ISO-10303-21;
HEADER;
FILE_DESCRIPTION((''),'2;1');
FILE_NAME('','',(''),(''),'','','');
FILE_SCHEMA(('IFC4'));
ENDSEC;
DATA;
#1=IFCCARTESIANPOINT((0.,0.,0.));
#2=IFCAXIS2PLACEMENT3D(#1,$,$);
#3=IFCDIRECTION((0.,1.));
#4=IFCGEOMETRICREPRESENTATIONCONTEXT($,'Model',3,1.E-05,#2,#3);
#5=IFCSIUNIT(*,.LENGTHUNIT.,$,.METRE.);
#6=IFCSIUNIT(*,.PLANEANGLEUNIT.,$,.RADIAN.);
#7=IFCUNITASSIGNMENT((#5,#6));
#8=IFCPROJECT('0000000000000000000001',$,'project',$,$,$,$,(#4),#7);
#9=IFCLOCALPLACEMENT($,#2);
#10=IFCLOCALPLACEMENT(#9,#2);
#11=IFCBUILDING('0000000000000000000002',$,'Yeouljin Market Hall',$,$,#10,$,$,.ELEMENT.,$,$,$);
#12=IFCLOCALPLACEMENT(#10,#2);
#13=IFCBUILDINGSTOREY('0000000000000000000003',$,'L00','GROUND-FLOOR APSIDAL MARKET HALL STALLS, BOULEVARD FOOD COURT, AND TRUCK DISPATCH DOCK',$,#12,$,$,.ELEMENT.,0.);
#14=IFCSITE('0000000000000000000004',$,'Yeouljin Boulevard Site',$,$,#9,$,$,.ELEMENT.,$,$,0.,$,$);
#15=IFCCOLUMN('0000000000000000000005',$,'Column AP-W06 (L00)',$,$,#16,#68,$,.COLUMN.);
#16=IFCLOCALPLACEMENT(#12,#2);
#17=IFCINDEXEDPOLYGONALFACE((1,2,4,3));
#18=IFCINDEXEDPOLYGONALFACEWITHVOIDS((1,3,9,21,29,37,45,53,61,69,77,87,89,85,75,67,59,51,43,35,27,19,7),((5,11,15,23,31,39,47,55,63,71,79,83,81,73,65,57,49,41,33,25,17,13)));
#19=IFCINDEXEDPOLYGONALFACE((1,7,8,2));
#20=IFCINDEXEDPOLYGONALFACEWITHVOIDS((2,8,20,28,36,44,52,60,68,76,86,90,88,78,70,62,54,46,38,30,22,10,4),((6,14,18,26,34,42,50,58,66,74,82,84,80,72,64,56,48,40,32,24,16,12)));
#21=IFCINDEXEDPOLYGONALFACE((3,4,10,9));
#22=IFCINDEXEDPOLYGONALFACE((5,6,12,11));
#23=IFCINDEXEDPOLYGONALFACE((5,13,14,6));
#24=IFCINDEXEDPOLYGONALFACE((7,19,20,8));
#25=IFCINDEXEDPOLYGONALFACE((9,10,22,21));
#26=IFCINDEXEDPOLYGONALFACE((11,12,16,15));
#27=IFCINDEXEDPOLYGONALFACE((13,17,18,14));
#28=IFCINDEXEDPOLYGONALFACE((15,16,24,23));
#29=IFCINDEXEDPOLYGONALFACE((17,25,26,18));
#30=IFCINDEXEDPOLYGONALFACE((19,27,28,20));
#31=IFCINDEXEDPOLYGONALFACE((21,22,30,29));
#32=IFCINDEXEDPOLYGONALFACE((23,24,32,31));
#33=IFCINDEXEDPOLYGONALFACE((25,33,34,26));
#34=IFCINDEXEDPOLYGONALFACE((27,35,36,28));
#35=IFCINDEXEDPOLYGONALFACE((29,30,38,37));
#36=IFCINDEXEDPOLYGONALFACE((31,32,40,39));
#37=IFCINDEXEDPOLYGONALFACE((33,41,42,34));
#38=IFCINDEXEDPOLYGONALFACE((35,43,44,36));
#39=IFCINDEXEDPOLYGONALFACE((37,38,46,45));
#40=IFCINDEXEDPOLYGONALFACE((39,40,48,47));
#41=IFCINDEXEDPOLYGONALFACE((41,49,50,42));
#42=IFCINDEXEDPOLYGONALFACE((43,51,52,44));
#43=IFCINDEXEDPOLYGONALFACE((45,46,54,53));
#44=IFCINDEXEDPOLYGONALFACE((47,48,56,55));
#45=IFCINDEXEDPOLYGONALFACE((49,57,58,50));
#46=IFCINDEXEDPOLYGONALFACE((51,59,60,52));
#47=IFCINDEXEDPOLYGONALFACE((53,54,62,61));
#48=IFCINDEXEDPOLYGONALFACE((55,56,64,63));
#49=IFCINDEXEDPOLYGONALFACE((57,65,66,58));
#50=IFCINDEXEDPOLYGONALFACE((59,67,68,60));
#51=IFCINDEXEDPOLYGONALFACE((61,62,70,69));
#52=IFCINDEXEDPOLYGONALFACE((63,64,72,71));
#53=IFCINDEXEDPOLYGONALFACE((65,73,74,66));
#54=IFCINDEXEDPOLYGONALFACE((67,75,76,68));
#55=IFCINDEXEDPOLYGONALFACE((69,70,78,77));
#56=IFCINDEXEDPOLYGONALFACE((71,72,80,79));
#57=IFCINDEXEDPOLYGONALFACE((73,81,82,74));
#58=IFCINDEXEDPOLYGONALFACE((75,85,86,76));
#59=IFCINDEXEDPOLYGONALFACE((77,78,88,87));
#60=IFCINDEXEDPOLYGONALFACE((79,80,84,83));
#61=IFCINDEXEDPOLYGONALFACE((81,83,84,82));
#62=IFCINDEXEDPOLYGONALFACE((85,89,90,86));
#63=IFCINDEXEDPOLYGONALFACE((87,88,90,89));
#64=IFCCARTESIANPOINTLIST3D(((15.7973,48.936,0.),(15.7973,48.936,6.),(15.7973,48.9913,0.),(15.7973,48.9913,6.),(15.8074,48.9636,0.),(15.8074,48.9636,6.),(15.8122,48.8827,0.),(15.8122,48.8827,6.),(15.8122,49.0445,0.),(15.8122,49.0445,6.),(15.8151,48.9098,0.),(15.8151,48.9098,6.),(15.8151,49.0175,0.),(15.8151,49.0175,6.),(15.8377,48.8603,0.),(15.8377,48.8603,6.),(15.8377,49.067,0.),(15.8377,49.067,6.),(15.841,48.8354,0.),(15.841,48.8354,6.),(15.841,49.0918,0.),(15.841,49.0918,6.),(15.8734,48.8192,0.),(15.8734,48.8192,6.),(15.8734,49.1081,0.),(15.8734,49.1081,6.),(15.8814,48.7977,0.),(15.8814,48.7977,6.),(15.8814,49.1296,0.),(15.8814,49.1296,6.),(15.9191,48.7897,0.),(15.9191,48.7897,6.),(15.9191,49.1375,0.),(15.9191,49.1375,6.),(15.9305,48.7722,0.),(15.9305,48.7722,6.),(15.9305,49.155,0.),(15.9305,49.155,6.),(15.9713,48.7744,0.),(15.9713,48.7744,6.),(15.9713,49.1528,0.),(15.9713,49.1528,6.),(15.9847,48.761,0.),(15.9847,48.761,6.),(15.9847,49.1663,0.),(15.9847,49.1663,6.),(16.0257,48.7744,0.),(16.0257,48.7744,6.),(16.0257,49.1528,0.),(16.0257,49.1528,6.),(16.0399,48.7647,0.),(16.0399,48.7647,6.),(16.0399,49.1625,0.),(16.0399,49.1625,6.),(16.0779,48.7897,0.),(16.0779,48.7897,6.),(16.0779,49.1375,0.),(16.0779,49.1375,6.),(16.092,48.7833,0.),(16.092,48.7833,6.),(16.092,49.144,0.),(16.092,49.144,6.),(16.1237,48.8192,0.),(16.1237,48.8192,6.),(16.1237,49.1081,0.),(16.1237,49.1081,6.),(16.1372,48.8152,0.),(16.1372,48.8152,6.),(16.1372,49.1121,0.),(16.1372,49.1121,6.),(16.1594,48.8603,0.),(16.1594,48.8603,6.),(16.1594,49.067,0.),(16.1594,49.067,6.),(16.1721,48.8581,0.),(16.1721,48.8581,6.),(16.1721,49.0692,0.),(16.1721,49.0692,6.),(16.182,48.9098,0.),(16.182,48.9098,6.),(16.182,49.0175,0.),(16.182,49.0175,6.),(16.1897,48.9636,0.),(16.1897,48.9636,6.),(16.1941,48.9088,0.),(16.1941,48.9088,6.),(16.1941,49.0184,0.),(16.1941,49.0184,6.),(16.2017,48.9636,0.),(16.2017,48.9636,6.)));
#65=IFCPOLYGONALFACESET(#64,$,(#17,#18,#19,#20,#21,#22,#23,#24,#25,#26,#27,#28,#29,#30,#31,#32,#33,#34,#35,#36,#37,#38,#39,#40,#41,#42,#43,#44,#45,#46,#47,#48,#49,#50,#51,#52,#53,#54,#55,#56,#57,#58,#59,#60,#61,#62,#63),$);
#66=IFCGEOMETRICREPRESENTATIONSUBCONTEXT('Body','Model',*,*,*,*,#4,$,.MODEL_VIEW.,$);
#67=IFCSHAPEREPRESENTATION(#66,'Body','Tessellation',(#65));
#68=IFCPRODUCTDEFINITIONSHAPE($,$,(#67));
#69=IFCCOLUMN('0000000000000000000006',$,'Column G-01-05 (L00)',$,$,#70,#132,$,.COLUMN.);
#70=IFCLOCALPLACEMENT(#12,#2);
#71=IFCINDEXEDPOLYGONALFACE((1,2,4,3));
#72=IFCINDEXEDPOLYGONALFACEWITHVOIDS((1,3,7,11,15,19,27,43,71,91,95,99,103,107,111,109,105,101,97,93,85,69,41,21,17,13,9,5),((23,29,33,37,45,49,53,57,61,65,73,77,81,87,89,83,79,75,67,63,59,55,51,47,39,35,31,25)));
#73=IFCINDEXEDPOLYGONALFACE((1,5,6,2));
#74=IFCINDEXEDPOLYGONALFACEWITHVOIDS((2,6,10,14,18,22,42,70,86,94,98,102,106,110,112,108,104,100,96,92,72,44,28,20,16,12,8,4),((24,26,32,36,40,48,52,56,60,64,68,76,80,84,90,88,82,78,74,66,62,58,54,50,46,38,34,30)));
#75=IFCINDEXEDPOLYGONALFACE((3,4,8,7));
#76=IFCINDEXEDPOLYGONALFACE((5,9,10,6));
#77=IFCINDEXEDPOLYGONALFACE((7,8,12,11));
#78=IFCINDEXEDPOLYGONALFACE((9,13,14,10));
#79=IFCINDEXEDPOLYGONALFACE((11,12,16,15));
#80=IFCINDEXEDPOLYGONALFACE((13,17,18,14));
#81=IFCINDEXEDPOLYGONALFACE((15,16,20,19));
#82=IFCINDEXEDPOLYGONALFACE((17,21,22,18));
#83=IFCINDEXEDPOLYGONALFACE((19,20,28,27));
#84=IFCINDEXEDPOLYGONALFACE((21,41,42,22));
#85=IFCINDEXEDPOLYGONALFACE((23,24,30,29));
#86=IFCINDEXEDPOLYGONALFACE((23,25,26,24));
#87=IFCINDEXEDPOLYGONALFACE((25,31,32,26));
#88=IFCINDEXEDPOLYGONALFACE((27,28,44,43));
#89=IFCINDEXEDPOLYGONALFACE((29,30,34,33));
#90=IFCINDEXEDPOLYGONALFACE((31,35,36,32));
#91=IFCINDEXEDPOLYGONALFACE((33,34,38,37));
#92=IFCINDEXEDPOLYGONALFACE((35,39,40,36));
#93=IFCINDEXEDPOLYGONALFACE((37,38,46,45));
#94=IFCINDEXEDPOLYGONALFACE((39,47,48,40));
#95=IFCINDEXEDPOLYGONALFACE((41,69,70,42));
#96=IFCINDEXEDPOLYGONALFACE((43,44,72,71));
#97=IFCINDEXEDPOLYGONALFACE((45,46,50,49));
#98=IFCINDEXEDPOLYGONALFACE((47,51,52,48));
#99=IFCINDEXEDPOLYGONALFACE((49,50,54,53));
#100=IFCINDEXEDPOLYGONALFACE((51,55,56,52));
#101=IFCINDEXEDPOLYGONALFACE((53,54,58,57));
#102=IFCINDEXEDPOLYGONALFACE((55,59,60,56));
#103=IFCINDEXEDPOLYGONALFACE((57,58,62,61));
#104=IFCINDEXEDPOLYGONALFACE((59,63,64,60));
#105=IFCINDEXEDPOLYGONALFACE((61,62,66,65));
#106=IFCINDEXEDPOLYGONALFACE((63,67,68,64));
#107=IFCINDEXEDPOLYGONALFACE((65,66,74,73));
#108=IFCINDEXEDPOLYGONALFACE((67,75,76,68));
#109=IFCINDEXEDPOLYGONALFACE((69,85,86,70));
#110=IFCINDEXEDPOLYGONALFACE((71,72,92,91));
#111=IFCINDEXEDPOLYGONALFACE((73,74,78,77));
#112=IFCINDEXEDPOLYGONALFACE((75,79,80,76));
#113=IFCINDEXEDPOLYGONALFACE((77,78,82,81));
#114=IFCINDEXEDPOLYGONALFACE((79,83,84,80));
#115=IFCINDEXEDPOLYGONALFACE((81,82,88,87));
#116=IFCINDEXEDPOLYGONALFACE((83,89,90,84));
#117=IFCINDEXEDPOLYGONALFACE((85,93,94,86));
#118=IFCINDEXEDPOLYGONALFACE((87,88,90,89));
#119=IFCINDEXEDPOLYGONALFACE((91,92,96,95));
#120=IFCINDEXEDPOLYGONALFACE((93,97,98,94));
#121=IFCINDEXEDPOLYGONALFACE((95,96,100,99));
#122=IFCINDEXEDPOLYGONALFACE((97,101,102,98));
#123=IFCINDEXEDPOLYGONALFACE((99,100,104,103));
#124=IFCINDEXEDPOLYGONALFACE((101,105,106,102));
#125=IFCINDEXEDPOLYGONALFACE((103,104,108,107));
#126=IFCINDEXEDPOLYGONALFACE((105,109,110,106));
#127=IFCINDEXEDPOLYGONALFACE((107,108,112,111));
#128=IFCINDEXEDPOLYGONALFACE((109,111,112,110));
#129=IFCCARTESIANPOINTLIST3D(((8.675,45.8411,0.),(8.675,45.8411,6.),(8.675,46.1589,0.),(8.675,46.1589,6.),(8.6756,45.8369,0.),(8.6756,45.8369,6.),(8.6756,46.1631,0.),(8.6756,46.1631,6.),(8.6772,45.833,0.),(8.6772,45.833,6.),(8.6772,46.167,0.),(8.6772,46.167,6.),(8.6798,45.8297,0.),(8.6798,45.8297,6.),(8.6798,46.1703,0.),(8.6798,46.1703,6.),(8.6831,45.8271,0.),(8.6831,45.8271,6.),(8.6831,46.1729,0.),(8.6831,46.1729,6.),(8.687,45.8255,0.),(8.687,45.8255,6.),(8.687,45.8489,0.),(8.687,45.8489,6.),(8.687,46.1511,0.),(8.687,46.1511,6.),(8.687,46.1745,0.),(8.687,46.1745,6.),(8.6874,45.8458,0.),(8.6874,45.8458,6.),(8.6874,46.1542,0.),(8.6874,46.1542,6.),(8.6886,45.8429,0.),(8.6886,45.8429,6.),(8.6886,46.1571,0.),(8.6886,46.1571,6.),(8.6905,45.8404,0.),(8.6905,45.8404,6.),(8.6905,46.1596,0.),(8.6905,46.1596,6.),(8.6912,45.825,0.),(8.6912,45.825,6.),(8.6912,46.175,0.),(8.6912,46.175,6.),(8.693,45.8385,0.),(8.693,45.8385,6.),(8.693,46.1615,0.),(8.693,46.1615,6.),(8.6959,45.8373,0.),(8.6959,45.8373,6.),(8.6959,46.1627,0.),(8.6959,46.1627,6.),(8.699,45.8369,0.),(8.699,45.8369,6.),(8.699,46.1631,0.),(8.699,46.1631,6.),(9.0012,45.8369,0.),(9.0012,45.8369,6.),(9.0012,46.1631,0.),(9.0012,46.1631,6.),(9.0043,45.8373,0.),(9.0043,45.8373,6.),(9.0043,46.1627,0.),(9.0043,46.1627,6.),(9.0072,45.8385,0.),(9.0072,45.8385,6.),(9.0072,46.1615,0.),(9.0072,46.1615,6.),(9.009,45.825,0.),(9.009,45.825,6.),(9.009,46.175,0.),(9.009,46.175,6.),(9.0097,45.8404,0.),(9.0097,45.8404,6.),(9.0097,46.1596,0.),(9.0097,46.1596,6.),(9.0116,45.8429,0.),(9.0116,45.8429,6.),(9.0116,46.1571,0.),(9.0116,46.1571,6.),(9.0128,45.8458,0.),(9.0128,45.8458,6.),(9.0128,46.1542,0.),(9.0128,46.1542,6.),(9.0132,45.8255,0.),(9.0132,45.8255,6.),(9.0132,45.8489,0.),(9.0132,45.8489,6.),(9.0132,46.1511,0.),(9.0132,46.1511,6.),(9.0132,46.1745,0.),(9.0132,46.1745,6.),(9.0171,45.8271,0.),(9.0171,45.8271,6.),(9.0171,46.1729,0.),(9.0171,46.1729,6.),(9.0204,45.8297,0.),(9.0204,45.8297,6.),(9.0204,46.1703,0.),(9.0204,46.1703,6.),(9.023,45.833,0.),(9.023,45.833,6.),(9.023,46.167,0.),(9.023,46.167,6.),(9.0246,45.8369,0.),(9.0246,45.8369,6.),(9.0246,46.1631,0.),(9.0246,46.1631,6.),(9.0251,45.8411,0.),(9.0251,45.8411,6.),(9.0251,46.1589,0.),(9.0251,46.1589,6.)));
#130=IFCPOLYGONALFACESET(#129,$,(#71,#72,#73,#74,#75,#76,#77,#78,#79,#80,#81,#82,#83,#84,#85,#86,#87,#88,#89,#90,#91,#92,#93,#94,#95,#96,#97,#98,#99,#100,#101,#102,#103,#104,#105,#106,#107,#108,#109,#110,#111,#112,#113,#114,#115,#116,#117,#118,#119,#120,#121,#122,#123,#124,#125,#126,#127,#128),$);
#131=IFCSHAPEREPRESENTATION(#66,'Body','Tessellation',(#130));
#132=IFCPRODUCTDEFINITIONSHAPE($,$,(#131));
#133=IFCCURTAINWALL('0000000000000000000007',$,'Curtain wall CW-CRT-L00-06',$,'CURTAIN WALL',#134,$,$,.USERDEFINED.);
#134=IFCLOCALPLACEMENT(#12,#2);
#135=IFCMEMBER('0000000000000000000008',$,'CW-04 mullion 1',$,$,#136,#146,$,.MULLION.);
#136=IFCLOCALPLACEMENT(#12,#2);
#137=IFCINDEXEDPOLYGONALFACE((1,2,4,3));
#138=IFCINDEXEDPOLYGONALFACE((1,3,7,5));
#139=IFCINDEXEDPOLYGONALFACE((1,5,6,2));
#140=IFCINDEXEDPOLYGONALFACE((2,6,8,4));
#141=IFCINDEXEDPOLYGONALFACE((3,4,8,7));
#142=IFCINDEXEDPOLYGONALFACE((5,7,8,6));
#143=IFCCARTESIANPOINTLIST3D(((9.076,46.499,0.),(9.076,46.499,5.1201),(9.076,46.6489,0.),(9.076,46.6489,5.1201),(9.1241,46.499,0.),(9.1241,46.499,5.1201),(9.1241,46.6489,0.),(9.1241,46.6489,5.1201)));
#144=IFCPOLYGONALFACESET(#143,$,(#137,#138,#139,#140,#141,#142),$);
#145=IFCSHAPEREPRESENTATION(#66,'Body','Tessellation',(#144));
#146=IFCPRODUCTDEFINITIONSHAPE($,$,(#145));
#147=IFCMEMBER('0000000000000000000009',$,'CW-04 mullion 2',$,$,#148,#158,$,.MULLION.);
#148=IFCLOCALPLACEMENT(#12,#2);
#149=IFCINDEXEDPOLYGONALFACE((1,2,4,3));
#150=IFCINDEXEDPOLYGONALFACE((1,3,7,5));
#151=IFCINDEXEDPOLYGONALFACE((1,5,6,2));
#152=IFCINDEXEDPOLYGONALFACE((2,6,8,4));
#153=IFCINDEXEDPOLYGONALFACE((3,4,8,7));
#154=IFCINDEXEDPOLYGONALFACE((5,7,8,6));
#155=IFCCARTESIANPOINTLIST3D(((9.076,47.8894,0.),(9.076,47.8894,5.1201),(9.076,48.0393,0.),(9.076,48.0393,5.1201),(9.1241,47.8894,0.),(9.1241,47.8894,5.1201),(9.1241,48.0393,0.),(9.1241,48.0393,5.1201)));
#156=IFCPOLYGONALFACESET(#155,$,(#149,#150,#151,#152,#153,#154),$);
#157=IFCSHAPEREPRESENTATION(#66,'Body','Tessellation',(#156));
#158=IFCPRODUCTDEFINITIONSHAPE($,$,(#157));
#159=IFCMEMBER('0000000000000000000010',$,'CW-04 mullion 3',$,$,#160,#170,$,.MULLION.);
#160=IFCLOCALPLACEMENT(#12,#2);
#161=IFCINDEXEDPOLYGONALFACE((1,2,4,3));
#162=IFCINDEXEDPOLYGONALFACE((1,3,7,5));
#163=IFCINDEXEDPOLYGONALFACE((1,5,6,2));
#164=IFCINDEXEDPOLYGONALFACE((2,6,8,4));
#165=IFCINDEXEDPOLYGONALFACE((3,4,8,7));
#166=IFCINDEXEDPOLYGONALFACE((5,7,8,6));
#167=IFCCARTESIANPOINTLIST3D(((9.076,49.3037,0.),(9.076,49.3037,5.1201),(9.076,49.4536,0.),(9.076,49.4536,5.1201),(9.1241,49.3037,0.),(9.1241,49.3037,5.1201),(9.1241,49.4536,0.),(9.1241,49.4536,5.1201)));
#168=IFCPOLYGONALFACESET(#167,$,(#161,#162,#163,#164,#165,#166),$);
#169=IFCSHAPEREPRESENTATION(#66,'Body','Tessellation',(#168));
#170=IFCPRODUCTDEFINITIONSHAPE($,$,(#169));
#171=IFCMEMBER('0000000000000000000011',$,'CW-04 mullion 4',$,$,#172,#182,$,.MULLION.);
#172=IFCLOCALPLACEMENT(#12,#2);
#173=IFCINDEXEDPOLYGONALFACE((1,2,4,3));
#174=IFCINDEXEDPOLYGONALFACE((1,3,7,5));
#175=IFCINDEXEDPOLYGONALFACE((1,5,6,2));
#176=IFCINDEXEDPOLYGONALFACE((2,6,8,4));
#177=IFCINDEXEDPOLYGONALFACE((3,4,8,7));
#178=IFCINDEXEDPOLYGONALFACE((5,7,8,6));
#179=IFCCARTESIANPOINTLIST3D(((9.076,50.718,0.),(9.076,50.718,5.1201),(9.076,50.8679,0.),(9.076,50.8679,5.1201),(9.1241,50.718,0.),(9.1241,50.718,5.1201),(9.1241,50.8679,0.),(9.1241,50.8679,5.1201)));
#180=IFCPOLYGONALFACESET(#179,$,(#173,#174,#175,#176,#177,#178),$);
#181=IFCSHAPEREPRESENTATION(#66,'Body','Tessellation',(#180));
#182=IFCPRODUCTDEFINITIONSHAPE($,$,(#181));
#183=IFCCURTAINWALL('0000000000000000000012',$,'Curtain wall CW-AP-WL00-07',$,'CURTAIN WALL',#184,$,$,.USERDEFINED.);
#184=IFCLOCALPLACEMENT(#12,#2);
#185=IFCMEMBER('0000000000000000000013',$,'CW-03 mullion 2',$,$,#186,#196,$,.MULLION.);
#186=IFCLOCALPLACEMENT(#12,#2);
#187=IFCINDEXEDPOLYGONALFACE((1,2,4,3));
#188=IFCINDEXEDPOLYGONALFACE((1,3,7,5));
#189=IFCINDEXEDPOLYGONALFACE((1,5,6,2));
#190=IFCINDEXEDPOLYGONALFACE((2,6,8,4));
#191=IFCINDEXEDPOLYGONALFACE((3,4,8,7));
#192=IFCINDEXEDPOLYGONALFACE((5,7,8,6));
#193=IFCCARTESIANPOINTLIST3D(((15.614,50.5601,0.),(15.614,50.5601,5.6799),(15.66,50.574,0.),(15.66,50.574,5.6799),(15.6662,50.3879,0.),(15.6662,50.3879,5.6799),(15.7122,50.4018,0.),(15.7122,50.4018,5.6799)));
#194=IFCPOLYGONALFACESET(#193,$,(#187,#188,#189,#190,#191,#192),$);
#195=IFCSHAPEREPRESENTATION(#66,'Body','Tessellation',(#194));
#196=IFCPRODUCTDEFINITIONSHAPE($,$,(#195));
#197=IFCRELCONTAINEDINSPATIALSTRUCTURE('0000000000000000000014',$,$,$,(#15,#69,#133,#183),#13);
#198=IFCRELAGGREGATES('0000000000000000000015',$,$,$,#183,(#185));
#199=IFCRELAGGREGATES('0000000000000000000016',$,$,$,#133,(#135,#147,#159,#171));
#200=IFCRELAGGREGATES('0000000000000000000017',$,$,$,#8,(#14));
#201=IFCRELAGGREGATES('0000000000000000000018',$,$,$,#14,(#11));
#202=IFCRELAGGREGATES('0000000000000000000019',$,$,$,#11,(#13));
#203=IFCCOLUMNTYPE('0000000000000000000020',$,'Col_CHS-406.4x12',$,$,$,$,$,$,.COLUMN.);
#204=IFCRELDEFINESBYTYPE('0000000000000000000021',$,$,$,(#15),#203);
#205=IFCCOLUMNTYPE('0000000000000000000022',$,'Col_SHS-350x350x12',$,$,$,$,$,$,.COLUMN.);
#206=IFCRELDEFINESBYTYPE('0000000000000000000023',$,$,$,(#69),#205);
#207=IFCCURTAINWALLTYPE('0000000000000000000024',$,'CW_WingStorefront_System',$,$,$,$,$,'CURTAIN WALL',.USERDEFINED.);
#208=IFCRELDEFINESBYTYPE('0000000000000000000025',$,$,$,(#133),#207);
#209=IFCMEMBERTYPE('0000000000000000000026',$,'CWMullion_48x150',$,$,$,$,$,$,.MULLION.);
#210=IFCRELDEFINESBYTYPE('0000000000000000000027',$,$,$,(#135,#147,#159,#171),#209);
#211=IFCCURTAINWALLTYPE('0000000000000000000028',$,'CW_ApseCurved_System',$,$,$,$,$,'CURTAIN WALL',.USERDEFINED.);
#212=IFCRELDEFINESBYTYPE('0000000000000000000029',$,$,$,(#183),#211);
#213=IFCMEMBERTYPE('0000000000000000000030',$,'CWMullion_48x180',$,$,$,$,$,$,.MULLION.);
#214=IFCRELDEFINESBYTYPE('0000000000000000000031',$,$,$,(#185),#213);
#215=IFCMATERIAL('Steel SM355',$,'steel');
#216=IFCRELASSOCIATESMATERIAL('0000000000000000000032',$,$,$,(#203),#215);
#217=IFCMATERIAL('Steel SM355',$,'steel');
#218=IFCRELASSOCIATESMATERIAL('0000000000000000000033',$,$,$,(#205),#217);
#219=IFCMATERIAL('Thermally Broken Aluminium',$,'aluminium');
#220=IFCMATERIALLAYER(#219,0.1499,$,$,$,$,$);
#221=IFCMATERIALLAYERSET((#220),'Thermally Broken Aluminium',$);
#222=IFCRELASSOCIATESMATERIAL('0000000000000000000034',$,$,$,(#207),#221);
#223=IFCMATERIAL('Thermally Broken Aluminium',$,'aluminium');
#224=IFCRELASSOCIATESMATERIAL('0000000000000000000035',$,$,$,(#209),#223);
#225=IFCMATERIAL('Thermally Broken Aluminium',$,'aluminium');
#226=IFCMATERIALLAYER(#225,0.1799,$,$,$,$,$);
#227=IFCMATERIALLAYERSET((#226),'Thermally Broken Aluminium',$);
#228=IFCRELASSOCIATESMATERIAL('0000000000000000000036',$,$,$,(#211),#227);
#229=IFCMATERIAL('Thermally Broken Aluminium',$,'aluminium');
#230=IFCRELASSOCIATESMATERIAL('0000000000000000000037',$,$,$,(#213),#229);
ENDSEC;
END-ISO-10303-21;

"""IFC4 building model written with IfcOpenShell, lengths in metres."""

from ifc_helpers import new_model, si_unit, direction, frame, origin, origin_2d, place, context, subcontext, project, spatial, rectangle, hollow_rectangle, hollow_circle, extrude, material, layer, layer_set, material_profile, profile_set, type_object, element, aggregate, save


model = new_model("IFC4")

# Units and contexts
model_context = context("Model", 3, precision=1e-05, world=origin(), true_north=direction((0.0, 1.0)))
body_context = subcontext(model_context, "Body", "Model", "MODEL_VIEW")
ifc_project = project(units=[si_unit("LENGTHUNIT", "METRE"), si_unit("PLANEANGLEUNIT", "RADIAN")], contexts=[model_context])

# Site, building, storey
site_placement = place(None, origin())
site = spatial("IfcSite", under=ifc_project, at=site_placement, Name="Yeouljin Boulevard Site", CompositionType="ELEMENT", RefElevation=0.0)
building_placement = place(site_placement, origin())
building = spatial("IfcBuilding", under=site, at=building_placement, Name="Yeouljin Market Hall", CompositionType="ELEMENT")
storey_placement = place(building_placement, origin())
storey = spatial("IfcBuildingStorey", under=building, at=storey_placement, Name="L00", Description="GROUND-FLOOR APSIDAL MARKET HALL STALLS, BOULEVARD FOOD COURT, AND TRUCK DISPATCH DOCK", CompositionType="ELEMENT", Elevation=0.0)

# Columns
ifc_material_1 = material(Name="Steel SM355", Category="steel")
ifc_material_profile_1 = material_profile(ifc_material_1, hollow_circle(Radius=0.2031, WallThickness=0.012, at=origin_2d()), Name="CHS-406.4x12")
ifc_profile_set_1 = profile_set([ifc_material_profile_1], Name="Steel SM355")
column_type_1 = type_object("IfcColumnType", Name="Col_CHS-406.4x12", PredefinedType="COLUMN", material=ifc_profile_set_1)
column_1_placement = place(storey_placement, frame((15.9985, 48.9636, 0.0), z_axis=(0.0, 0.0, 1.0), x_axis=(1.0, 0.0, 0.0)))
element("IfcColumn", 1, at=column_1_placement, inside=storey, type_object=column_type_1, Name="Column AP-W06 (L00)", PredefinedType="COLUMN", context=body_context, shape_type="SweptSolid", body=[
    extrude(hollow_circle(Radius=0.2031, WallThickness=0.012, at=origin_2d()), origin(), (0.0, 0.0, 1.0), 6.0),
])
ifc_material_2 = material(Name="Steel SM355", Category="steel")
ifc_material_profile_2 = material_profile(ifc_material_2, hollow_rectangle(XDim=0.3501, YDim=0.3501, WallThickness=0.012, InnerFilletRadius=0.012, OuterFilletRadius=0.0161, at=origin_2d()), Name="SHS-350x350x12")
ifc_profile_set_2 = profile_set([ifc_material_profile_2], Name="Steel SM355")
column_type_2 = type_object("IfcColumnType", Name="Col_SHS-350x350x12", PredefinedType="COLUMN", material=ifc_profile_set_2)
column_2_placement = place(storey_placement, frame((8.8501, 46.0, 0.0), z_axis=(0.0, 0.0, 1.0), x_axis=(1.0, 0.0, 0.0)))
element("IfcColumn", 2, at=column_2_placement, inside=storey, type_object=column_type_2, Name="Column G-01-05 (L00)", PredefinedType="COLUMN", context=body_context, shape_type="SweptSolid", body=[
    extrude(hollow_rectangle(XDim=0.3501, YDim=0.3501, WallThickness=0.012, InnerFilletRadius=0.012, OuterFilletRadius=0.0161, at=origin_2d()), origin(), (0.0, 0.0, 1.0), 6.0),
])

# Curtain wall, members
ifc_material_3 = material(Name="Thermally Broken Aluminium", Category="aluminium")
ifc_layer_1 = layer(ifc_material_3, 0.1499)
ifc_layer_set_1 = layer_set([ifc_layer_1], Name="Thermally Broken Aluminium")
curtain_wall_type_1 = type_object("IfcCurtainWallType", Name="CW_WingStorefront_System", ElementType="CURTAIN WALL", PredefinedType="USERDEFINED", material=ifc_layer_set_1)
curtain_wall_1_placement = place(storey_placement, origin())
curtain_wall_1 = element("IfcCurtainWall", 3, at=curtain_wall_1_placement, inside=storey, type_object=curtain_wall_type_1, Name="Curtain wall CW-CRT-L00-06", ObjectType="CURTAIN WALL", PredefinedType="USERDEFINED")
ifc_material_4 = material(Name="Thermally Broken Aluminium", Category="aluminium")
ifc_material_profile_3 = material_profile(ifc_material_4, rectangle(XDim=0.0481, YDim=0.1499, at=origin_2d()), Name="CW-MULL-48x150")
ifc_profile_set_3 = profile_set([ifc_material_profile_3], Name="Thermally Broken Aluminium")
member_type_1 = type_object("IfcMemberType", Name="CWMullion_48x150", PredefinedType="MULLION", material=ifc_profile_set_3)
member_1_placement = place(storey_placement, frame((9.1001, 46.574, 0.0), z_axis=(0.0, 0.0, 1.0), x_axis=(-1.0, 0.0, 0.0)))
member_1 = element("IfcMember", 4, at=member_1_placement, type_object=member_type_1, Name="CW-04 mullion 1", PredefinedType="MULLION", context=body_context, shape_type="SweptSolid", body=[
    extrude(rectangle(XDim=0.0481, YDim=0.1499, at=origin_2d()), origin(), (0.0, 0.0, 1.0), 5.1201),
])
member_2_placement = place(storey_placement, frame((9.1001, 47.9644, 0.0), z_axis=(0.0, 0.0, 1.0), x_axis=(-1.0, 0.0, 0.0)))
member_2 = element("IfcMember", 5, at=member_2_placement, type_object=member_type_1, Name="CW-04 mullion 2", PredefinedType="MULLION", context=body_context, shape_type="SweptSolid", body=[
    extrude(rectangle(XDim=0.0481, YDim=0.1499, at=origin_2d()), origin(), (0.0, 0.0, 1.0), 5.1201),
])
member_3_placement = place(storey_placement, frame((9.1001, 49.3787, 0.0), z_axis=(0.0, 0.0, 1.0), x_axis=(-1.0, 0.0, 0.0)))
member_3 = element("IfcMember", 6, at=member_3_placement, type_object=member_type_1, Name="CW-04 mullion 3", PredefinedType="MULLION", context=body_context, shape_type="SweptSolid", body=[
    extrude(rectangle(XDim=0.0481, YDim=0.1499, at=origin_2d()), origin(), (0.0, 0.0, 1.0), 5.1201),
])
member_4_placement = place(storey_placement, frame((9.1001, 50.793, 0.0), z_axis=(0.0, 0.0, 1.0), x_axis=(-1.0, 0.0, 0.0)))
member_4 = element("IfcMember", 7, at=member_4_placement, type_object=member_type_1, Name="CW-04 mullion 4", PredefinedType="MULLION", context=body_context, shape_type="SweptSolid", body=[
    extrude(rectangle(XDim=0.0481, YDim=0.1499, at=origin_2d()), origin(), (0.0, 0.0, 1.0), 5.1201),
])

# Curtain wall, member
ifc_material_5 = material(Name="Thermally Broken Aluminium", Category="aluminium")
ifc_layer_2 = layer(ifc_material_5, 0.1799)
ifc_layer_set_2 = layer_set([ifc_layer_2], Name="Thermally Broken Aluminium")
curtain_wall_type_2 = type_object("IfcCurtainWallType", Name="CW_ApseCurved_System", ElementType="CURTAIN WALL", PredefinedType="USERDEFINED", material=ifc_layer_set_2)
curtain_wall_2_placement = place(storey_placement, origin())
curtain_wall_2 = element("IfcCurtainWall", 8, at=curtain_wall_2_placement, inside=storey, type_object=curtain_wall_type_2, Name="Curtain wall CW-AP-WL00-07", ObjectType="CURTAIN WALL", PredefinedType="USERDEFINED")
ifc_material_6 = material(Name="Thermally Broken Aluminium", Category="aluminium")
ifc_material_profile_4 = material_profile(ifc_material_6, rectangle(XDim=0.0481, YDim=0.1799, at=origin_2d()), Name="CW-MULL-48x180")
ifc_profile_set_4 = profile_set([ifc_material_profile_4], Name="Thermally Broken Aluminium")
member_type_2 = type_object("IfcMemberType", Name="CWMullion_48x180", PredefinedType="MULLION", material=ifc_profile_set_4)
member_5_placement = place(storey_placement, frame((15.6631, 50.481, 0.0), z_axis=(0.0, 0.0, 1.0), x_axis=(-0.95694, -0.290286, 0.0)))
member_5 = element("IfcMember", 9, at=member_5_placement, type_object=member_type_2, Name="CW-03 mullion 2", PredefinedType="MULLION", context=body_context, shape_type="SweptSolid", body=[
    extrude(rectangle(XDim=0.0481, YDim=0.1799, at=origin_2d()), origin(), (0.0, 0.0, 1.0), 5.6799),
])

aggregate(curtain_wall_2, [member_5])
aggregate(curtain_wall_1, [member_1, member_2, member_3, member_4])

save(model, "model.ifc")
